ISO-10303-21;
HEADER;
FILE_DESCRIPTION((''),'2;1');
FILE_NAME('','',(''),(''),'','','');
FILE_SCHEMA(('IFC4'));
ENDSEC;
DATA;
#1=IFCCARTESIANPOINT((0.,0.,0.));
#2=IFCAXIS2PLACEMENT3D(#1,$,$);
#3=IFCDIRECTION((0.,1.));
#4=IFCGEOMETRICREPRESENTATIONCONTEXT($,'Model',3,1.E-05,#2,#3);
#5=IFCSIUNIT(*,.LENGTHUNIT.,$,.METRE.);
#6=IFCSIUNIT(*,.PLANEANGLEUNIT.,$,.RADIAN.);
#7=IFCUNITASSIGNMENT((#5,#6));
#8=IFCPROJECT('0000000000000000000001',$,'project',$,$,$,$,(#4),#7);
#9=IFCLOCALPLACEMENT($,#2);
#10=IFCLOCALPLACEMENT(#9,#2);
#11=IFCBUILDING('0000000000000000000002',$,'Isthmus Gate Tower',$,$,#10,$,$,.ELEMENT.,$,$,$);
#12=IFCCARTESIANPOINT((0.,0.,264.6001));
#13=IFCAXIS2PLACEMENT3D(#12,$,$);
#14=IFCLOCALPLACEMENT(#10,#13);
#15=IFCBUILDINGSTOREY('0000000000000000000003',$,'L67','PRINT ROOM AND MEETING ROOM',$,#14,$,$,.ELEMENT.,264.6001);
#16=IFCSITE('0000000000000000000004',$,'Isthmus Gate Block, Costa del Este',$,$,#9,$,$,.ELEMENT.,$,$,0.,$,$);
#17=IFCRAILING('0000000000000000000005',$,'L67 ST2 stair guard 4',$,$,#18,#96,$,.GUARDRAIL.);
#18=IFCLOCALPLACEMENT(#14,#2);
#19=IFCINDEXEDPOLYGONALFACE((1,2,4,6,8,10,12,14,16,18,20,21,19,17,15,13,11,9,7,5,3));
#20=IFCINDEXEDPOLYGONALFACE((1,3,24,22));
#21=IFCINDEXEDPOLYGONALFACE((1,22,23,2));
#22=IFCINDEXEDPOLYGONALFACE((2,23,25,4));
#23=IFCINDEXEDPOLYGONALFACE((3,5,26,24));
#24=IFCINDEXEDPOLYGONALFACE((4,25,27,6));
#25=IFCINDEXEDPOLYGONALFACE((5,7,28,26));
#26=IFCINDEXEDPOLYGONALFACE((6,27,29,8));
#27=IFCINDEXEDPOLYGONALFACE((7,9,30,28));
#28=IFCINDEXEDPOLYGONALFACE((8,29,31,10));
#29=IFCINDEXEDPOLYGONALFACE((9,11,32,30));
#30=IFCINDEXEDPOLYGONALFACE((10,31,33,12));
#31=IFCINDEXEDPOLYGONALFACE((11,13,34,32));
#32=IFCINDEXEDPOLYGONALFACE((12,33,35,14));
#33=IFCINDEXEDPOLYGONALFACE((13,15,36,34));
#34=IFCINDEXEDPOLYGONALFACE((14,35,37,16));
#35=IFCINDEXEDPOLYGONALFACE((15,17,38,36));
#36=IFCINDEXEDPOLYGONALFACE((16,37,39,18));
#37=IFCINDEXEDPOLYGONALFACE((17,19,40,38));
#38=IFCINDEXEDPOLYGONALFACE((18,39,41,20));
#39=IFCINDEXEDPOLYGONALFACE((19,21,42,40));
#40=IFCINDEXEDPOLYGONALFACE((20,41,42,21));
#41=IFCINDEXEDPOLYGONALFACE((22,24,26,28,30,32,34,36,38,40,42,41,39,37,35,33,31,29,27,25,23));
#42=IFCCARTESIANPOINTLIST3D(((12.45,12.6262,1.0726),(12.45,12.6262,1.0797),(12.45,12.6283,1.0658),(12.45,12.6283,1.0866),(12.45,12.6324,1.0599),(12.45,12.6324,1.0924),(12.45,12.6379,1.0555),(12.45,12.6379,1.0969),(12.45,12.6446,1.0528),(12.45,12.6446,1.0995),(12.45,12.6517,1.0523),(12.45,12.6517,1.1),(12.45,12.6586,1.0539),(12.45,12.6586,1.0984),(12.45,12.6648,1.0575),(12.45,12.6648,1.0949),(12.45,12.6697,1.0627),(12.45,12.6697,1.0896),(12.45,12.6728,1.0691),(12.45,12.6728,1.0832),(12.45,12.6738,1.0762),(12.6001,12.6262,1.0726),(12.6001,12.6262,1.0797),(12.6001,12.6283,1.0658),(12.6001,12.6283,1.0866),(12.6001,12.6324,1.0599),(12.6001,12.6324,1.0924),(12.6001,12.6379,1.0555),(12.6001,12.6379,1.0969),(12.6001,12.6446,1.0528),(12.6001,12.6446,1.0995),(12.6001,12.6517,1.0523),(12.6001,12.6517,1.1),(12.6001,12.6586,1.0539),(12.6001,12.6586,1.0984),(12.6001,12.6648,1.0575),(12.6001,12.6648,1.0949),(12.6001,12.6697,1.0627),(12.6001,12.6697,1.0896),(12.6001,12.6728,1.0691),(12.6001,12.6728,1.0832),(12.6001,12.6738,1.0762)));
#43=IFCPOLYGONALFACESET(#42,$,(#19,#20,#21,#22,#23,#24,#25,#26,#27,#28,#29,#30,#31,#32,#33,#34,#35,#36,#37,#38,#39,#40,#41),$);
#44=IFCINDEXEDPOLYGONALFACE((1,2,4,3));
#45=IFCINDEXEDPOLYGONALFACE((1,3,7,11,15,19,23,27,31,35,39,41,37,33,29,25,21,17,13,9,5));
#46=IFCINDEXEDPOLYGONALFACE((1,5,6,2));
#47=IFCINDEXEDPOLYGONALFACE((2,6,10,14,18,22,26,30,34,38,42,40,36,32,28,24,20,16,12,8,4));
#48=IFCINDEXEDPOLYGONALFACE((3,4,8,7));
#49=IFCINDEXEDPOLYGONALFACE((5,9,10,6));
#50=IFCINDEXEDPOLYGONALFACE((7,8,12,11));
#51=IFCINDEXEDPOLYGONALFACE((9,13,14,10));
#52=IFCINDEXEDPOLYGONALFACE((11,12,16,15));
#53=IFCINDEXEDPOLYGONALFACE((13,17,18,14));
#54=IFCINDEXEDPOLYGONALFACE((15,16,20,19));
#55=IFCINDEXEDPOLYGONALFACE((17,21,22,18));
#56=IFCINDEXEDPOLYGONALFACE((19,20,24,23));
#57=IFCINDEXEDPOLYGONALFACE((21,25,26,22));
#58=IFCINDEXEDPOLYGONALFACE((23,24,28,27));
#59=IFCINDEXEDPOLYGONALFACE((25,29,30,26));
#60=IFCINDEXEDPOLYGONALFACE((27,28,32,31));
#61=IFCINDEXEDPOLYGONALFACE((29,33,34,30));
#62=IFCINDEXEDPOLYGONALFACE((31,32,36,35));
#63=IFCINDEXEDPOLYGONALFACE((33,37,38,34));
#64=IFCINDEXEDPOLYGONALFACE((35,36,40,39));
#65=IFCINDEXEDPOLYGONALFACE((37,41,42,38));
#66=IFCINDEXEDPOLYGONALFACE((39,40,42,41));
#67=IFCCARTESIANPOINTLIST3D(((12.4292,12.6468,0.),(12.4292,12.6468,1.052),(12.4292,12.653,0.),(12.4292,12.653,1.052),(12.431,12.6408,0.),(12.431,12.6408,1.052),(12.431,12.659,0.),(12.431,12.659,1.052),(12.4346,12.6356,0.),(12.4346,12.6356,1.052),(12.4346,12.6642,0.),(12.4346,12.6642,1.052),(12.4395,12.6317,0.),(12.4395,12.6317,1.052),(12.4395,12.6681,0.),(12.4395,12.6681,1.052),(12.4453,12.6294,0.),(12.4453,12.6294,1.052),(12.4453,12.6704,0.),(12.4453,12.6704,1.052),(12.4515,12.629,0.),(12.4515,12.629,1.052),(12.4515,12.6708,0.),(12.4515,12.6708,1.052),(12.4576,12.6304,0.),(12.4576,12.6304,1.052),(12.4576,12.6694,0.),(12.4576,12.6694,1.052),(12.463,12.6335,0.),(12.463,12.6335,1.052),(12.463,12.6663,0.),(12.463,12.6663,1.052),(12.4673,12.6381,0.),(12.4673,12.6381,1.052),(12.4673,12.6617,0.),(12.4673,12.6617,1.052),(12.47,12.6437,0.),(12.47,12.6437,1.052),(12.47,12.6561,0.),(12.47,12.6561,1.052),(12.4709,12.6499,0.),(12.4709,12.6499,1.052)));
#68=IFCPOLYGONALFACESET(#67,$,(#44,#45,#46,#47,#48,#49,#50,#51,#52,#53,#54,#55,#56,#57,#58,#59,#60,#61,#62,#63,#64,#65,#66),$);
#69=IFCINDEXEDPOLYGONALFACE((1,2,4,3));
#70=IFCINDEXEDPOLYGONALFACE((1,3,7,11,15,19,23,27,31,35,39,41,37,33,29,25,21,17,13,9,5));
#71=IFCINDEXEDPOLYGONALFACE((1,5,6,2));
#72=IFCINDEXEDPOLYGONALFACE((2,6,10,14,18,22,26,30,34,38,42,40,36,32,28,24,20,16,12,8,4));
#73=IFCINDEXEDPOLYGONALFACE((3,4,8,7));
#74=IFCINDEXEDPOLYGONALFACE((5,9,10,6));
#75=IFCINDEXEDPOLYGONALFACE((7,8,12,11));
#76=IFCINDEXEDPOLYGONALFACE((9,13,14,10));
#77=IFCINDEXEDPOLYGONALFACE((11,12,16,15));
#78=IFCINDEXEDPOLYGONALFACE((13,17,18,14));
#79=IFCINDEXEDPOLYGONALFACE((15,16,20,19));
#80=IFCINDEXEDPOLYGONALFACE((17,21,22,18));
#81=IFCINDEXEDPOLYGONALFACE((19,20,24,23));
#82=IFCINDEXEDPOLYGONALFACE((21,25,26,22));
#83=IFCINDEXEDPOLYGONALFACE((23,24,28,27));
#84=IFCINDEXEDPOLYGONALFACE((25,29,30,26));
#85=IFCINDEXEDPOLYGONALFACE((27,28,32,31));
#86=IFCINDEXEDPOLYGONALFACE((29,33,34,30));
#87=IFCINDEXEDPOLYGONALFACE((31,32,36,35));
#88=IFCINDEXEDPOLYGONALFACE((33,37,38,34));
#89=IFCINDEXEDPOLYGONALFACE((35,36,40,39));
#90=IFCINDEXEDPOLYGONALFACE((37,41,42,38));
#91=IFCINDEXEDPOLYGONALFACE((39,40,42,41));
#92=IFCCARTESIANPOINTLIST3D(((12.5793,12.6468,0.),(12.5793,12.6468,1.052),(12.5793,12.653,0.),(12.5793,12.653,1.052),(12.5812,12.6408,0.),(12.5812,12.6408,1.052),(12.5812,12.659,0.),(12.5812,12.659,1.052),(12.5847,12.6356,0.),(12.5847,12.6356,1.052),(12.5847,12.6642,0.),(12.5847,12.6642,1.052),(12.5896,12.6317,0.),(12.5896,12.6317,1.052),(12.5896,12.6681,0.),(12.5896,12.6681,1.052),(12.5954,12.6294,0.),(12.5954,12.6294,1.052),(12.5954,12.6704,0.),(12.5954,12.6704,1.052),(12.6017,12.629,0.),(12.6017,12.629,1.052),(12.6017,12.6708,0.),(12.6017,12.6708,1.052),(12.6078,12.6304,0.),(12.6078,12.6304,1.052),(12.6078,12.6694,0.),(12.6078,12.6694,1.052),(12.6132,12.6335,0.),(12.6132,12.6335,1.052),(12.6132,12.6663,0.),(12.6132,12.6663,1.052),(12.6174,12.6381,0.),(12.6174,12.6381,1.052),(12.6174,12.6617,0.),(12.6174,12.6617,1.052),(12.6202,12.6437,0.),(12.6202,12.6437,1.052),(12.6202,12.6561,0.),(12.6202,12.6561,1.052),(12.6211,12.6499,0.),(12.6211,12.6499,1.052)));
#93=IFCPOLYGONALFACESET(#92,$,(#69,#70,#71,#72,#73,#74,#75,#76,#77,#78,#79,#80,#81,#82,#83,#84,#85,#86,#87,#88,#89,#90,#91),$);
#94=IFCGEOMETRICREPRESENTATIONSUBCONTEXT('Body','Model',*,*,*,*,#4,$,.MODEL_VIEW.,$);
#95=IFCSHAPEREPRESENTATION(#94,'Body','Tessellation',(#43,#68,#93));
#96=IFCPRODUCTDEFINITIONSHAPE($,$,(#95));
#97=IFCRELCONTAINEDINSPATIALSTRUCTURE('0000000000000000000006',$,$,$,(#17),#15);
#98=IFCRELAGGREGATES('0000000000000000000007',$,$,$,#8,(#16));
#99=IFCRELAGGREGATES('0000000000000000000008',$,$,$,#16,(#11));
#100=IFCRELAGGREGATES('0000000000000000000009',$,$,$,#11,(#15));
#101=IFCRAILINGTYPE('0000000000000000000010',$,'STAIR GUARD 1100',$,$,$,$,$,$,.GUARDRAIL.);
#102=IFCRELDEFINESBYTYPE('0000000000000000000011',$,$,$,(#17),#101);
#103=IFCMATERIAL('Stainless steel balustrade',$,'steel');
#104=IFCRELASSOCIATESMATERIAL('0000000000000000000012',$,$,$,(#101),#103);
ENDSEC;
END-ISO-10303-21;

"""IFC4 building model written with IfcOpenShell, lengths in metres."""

from ifc_helpers import new_model, si_unit, direction, frame, origin, origin_2d, place, context, subcontext, project, spatial, circle, extrude, material, type_object, element, save


model = new_model("IFC4")

# Units and contexts
model_context = context("Model", 3, precision=1e-05, world=origin(), true_north=direction((0.0, 1.0)))
body_context = subcontext(model_context, "Body", "Model", "MODEL_VIEW")
ifc_project = project(units=[si_unit("LENGTHUNIT", "METRE"), si_unit("PLANEANGLEUNIT", "RADIAN")], contexts=[model_context])

# Site, building, storey
site_placement = place(None, origin())
site = spatial("IfcSite", under=ifc_project, at=site_placement, Name="Isthmus Gate Block, Costa del Este", CompositionType="ELEMENT", RefElevation=0.0)
building_placement = place(site_placement, origin())
building = spatial("IfcBuilding", under=site, at=building_placement, Name="Isthmus Gate Tower", CompositionType="ELEMENT")
storey_placement = place(building_placement, frame((0.0, 0.0, 264.6001)))
storey = spatial("IfcBuildingStorey", under=building, at=storey_placement, Name="L67", Description="PRINT ROOM AND MEETING ROOM", CompositionType="ELEMENT", Elevation=264.6001)

# Railing
ifc_material_1 = material(Name="Stainless steel balustrade", Category="steel")
railing_type_1 = type_object("IfcRailingType", Name="STAIR GUARD 1100", PredefinedType="GUARDRAIL", material=ifc_material_1)
railing_1_placement = place(storey_placement, frame((12.45, 12.6499, 0.0)))
element("IfcRailing", 1, at=railing_1_placement, inside=storey, type_object=railing_type_1, Name="L67 ST2 stair guard 4", PredefinedType="GUARDRAIL", context=body_context, shape_type="SweptSolid", body=[
    extrude(circle(Radius=0.0239, at=origin_2d()), frame((0.0, 0.0, 1.0762), z_axis=(1.0, 0.0, 0.0), x_axis=(0.0, 1.0, 0.0)), (0.0, 0.0, 1.0), 0.1501),
    extrude(circle(Radius=0.021, at=origin_2d()), origin(), (0.0, 0.0, 1.0), 1.052),
    extrude(circle(Radius=0.021, at=origin_2d()), frame((0.1501, 0.0, 0.0)), (0.0, 0.0, 1.0), 1.052),
])

save(model, "model.ifc")
